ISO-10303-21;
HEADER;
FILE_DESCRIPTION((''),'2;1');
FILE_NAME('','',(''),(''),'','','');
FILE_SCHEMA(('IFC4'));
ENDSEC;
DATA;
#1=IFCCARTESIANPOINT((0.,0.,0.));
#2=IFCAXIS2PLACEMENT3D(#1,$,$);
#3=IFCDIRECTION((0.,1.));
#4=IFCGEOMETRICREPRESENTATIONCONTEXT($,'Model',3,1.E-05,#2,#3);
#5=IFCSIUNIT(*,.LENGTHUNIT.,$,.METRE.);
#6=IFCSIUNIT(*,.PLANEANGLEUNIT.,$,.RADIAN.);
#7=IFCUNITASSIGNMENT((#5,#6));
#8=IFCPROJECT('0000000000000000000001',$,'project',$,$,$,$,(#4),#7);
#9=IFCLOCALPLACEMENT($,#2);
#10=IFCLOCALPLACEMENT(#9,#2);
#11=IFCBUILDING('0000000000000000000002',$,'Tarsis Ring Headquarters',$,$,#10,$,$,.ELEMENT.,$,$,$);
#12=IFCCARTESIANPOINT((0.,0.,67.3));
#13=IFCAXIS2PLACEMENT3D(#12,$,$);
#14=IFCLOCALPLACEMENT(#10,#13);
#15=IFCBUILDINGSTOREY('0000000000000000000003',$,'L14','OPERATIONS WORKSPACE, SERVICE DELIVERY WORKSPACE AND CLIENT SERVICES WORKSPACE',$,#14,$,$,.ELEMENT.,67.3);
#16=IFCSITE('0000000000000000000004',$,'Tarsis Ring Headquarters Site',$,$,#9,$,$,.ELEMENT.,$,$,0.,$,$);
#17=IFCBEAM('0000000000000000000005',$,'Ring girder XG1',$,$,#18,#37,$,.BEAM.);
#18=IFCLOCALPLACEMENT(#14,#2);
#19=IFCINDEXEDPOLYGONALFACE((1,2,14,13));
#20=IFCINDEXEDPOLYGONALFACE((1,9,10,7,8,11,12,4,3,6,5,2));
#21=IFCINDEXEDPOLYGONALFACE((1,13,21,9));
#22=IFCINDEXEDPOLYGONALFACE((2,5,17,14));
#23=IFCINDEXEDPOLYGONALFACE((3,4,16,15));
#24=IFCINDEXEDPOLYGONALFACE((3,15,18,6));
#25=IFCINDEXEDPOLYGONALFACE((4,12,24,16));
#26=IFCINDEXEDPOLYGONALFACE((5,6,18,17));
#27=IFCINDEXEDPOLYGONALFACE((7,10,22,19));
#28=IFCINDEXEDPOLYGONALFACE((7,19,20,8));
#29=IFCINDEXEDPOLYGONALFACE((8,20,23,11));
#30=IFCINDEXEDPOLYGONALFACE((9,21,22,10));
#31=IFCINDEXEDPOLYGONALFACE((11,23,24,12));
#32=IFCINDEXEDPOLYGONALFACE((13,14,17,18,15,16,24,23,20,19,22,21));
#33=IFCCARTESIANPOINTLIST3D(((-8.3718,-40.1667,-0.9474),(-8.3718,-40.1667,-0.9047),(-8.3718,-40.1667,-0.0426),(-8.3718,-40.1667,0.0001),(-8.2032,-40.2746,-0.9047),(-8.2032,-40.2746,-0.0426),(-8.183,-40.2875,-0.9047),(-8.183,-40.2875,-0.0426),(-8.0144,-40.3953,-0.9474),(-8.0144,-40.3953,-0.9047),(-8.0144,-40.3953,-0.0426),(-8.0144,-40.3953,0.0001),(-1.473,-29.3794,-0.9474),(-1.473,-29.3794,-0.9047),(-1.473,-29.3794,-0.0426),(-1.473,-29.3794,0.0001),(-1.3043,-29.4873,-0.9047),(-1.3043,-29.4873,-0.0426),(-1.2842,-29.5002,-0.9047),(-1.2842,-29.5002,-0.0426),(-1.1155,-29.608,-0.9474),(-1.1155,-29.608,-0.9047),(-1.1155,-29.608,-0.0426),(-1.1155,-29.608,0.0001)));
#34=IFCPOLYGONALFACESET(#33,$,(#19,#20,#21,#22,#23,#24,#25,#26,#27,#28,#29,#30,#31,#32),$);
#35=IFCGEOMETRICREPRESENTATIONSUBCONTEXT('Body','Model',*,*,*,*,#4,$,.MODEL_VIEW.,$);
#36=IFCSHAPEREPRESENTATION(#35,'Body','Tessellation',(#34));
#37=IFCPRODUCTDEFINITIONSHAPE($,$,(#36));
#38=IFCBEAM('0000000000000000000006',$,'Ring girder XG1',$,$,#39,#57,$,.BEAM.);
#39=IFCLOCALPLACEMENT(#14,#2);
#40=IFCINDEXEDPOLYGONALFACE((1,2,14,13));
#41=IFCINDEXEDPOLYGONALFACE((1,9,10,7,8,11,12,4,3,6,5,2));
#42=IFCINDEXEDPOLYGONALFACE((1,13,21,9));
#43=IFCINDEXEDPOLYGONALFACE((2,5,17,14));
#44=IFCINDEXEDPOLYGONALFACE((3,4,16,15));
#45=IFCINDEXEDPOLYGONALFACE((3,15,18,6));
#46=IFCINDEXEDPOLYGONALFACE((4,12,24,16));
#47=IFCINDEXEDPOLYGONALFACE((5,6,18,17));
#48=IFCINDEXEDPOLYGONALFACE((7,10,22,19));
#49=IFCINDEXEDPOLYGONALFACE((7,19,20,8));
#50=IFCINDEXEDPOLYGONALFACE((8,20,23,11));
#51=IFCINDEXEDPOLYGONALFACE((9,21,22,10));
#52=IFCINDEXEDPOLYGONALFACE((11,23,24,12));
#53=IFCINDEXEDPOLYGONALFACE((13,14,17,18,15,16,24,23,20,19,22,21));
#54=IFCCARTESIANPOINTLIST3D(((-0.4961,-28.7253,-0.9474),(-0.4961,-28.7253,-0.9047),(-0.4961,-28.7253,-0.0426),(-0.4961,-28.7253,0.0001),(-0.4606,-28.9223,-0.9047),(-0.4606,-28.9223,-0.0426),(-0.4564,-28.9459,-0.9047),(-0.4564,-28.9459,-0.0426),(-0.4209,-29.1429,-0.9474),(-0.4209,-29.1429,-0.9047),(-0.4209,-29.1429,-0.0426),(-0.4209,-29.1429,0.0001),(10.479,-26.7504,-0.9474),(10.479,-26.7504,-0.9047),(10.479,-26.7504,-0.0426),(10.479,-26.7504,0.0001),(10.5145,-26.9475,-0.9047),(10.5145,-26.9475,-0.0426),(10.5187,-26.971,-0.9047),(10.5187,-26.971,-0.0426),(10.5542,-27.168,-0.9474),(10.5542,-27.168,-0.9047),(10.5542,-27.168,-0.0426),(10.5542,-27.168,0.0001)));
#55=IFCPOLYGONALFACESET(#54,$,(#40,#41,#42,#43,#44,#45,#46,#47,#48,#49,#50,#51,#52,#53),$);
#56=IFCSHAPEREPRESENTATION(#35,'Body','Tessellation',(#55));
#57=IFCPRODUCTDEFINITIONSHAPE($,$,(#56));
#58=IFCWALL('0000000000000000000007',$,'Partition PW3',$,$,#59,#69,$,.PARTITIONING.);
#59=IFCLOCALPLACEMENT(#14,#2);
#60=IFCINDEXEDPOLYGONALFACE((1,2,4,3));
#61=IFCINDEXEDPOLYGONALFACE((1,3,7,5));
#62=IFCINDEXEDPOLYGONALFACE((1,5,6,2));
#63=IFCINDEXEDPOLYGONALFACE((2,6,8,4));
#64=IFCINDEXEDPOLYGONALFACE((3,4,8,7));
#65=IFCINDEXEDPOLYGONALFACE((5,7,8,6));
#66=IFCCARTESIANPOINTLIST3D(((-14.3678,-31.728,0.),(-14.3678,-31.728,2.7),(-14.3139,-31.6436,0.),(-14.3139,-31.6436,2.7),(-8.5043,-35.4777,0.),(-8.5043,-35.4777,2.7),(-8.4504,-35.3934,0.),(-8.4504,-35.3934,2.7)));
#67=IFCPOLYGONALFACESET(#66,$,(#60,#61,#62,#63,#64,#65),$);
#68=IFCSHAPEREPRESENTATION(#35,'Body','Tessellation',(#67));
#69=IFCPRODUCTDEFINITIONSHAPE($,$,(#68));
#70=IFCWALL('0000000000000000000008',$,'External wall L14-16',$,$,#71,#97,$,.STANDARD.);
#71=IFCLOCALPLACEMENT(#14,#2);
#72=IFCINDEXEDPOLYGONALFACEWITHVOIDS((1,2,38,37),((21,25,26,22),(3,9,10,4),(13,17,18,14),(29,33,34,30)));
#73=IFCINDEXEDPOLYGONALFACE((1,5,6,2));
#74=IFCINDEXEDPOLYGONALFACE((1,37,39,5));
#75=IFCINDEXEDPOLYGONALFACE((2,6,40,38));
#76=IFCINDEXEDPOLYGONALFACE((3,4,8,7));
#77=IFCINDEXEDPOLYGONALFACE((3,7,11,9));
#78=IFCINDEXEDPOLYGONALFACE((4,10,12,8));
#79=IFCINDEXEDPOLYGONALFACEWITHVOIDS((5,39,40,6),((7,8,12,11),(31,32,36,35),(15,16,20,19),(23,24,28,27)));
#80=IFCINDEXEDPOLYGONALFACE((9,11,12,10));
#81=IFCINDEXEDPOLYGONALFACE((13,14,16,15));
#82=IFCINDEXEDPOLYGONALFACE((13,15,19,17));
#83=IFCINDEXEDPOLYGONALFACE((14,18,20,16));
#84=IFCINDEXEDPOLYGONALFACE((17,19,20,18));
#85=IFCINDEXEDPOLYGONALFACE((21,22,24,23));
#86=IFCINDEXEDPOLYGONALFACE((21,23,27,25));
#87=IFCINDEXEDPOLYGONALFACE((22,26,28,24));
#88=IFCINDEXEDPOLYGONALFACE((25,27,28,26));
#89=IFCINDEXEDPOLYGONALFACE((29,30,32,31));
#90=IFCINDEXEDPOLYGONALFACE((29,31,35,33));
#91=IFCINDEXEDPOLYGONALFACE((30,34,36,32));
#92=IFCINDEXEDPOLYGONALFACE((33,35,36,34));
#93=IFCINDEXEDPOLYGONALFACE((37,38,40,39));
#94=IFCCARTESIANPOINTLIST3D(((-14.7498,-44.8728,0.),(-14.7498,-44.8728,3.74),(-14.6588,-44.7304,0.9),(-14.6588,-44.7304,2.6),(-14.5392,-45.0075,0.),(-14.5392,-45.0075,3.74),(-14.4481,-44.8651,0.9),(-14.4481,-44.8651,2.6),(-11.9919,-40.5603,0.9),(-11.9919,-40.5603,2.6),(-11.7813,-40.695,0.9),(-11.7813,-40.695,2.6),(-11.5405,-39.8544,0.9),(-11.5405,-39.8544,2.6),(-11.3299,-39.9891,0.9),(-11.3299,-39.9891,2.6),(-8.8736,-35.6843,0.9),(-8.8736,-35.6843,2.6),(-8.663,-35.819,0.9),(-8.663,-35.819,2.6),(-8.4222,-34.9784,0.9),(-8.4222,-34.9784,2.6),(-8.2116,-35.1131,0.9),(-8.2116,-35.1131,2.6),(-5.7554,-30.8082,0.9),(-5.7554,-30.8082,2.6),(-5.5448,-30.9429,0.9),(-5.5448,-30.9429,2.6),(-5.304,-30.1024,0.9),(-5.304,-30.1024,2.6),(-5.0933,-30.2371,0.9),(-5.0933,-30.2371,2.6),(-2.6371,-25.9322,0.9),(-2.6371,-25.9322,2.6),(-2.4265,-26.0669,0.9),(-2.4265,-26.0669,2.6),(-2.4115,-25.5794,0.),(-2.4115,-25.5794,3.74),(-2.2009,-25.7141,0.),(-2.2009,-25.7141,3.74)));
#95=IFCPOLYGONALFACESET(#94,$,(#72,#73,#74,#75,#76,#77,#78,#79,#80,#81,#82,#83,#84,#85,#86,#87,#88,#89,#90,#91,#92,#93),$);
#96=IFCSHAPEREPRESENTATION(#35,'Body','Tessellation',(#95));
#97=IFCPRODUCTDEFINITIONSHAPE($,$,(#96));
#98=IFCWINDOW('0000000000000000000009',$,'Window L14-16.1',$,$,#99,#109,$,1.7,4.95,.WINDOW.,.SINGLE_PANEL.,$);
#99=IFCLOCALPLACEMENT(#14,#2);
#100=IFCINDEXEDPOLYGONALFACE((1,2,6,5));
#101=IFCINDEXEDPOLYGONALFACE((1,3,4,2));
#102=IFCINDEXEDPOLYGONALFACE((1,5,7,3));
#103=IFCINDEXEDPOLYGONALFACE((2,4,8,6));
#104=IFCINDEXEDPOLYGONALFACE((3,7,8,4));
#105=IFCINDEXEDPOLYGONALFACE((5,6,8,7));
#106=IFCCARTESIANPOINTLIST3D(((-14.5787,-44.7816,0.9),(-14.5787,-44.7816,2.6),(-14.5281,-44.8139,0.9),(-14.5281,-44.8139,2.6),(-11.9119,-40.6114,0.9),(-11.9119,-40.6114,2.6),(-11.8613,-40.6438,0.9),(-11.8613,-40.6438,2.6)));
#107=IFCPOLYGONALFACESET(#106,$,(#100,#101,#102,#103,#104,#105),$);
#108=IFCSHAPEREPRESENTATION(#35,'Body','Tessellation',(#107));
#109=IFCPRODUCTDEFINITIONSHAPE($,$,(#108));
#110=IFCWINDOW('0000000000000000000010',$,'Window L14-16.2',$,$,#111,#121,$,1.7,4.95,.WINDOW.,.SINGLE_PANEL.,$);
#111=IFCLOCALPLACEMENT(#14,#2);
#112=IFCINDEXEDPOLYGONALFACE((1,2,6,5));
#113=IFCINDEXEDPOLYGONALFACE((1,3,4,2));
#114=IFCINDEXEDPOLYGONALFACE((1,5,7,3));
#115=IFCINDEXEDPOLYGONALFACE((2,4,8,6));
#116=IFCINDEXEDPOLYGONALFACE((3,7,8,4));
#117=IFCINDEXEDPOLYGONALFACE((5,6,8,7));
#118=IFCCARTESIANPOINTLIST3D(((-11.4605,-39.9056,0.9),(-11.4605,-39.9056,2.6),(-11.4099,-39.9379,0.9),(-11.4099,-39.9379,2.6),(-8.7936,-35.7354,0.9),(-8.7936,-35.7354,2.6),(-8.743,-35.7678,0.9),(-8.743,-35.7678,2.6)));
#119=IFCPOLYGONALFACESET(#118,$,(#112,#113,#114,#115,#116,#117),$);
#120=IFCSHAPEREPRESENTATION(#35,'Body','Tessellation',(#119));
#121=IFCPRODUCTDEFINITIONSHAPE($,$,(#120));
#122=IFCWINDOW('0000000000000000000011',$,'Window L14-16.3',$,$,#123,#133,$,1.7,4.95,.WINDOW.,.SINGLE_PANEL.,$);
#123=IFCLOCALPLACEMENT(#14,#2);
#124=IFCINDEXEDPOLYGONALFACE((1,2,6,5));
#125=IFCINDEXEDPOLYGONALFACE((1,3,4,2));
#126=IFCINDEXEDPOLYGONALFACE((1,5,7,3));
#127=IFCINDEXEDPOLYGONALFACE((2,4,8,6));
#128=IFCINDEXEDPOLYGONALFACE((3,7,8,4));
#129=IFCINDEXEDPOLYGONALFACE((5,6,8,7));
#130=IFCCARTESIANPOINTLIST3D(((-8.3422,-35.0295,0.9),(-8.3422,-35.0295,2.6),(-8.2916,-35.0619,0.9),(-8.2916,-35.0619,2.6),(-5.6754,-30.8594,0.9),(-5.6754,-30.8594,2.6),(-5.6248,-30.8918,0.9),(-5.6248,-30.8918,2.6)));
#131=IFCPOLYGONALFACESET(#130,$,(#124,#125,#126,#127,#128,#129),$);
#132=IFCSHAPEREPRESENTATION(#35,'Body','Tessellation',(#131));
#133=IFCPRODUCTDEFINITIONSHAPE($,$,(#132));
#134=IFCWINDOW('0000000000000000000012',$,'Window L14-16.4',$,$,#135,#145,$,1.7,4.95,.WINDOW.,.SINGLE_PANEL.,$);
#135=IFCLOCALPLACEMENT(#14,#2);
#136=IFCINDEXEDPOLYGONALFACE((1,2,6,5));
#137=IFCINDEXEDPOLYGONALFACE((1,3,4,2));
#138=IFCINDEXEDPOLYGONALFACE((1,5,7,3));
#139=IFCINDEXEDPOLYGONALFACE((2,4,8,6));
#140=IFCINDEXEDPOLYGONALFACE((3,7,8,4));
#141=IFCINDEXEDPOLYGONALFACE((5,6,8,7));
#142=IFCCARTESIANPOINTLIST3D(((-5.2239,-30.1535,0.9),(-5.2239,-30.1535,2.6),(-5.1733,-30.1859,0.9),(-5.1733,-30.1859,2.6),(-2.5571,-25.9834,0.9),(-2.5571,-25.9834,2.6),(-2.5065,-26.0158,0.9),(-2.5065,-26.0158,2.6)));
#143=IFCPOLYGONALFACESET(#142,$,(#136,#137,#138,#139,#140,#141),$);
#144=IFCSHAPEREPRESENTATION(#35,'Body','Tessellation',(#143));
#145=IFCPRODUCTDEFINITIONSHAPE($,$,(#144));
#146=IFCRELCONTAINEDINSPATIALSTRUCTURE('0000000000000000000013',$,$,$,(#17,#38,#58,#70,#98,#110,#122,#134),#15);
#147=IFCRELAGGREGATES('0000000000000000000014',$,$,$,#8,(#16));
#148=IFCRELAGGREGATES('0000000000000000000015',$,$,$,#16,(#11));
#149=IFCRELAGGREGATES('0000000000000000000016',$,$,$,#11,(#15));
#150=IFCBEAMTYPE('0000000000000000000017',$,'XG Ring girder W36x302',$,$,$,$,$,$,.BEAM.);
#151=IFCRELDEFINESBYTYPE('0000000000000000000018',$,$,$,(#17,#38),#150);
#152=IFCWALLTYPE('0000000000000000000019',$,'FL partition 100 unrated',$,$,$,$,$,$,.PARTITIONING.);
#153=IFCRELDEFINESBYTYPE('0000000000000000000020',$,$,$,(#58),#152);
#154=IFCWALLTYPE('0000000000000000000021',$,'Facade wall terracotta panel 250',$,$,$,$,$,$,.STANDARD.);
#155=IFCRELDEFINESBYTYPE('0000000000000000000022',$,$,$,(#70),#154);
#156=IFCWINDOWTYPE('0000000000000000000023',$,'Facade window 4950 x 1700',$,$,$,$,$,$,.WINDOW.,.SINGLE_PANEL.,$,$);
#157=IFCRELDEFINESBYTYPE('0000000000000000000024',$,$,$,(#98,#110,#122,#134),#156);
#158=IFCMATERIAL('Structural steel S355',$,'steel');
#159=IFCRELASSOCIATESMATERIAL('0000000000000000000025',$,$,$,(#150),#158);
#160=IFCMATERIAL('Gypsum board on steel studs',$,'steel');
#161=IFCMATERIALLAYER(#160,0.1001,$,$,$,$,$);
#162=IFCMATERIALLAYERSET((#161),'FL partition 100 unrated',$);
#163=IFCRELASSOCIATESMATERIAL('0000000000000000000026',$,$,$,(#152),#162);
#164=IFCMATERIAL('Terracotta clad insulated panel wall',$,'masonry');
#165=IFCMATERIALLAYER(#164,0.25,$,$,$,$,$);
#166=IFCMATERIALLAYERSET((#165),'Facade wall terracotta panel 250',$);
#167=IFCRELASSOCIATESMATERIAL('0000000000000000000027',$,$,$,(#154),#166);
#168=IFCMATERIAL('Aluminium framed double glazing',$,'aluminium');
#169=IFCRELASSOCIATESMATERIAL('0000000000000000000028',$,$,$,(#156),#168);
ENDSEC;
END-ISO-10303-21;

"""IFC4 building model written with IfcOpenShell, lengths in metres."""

from ifc_helpers import new_model, si_unit, direction, frame, frame_2d, origin, origin_2d, place, context, subcontext, project, spatial, rectangle, i_section, extrude, material, layer, layer_set, material_profile, profile_set, type_object, element, fill, save


model = new_model("IFC4")

# Units and contexts
model_context = context("Model", 3, precision=1e-05, world=origin(), true_north=direction((0.0, 1.0)))
body_context = subcontext(model_context, "Body", "Model", "MODEL_VIEW")
ifc_project = project(units=[si_unit("LENGTHUNIT", "METRE"), si_unit("PLANEANGLEUNIT", "RADIAN")], contexts=[model_context])

# Site, building, storey
site_placement = place(None, origin())
site = spatial("IfcSite", under=ifc_project, at=site_placement, Name="Tarsis Ring Headquarters Site", CompositionType="ELEMENT", RefElevation=0.0)
building_placement = place(site_placement, origin())
building = spatial("IfcBuilding", under=site, at=building_placement, Name="Tarsis Ring Headquarters", CompositionType="ELEMENT")
storey_placement = place(building_placement, frame((0.0, 0.0, 67.3)))
storey = spatial("IfcBuildingStorey", under=building, at=storey_placement, Name="L14", Description="OPERATIONS WORKSPACE, SERVICE DELIVERY WORKSPACE AND CLIENT SERVICES WORKSPACE", CompositionType="ELEMENT", Elevation=67.3)

# Beams
ifc_material_1 = material(Name="Structural steel S355", Category="steel")
ifc_material_profile_1 = material_profile(ifc_material_1, i_section(OverallWidth=0.4243, OverallDepth=0.9475, WebThickness=0.0239, FlangeThickness=0.0427, at=origin_2d()), Name="W36x302")
ifc_profile_set_1 = profile_set([ifc_material_profile_1], Name="Structural steel S355")
beam_type = type_object("IfcBeamType", Name="XG Ring girder W36x302", PredefinedType="BEAM", material=ifc_profile_set_1)
beam_1_placement = place(storey_placement, frame((-8.1931, -40.281, -0.4736), z_axis=(0.538778, 0.842448, 0.0), x_axis=(-0.842448, 0.538778, 0.0)))
element("IfcBeam", 1, at=beam_1_placement, inside=storey, type_object=beam_type, Name="Ring girder XG1", PredefinedType="BEAM", context=body_context, shape_type="SweptSolid", body=[
    extrude(i_section(OverallWidth=0.4243, OverallDepth=0.9475, WebThickness=0.0239, FlangeThickness=0.0427, at=origin_2d()), origin(), (0.0, 0.0, 1.0), 12.8047),
])
beam_2_placement = place(storey_placement, frame((-0.4585, -28.9341, -0.4736), z_axis=(0.984194, 0.177095, 0.0), x_axis=(-0.177095, 0.984194, 0.0)))
element("IfcBeam", 2, at=beam_2_placement, inside=storey, type_object=beam_type, Name="Ring girder XG1", PredefinedType="BEAM", context=body_context, shape_type="SweptSolid", body=[
    extrude(i_section(OverallWidth=0.4243, OverallDepth=0.9475, WebThickness=0.0239, FlangeThickness=0.0427, at=origin_2d()), origin(), (0.0, 0.0, 1.0), 11.1514),
])

# Wall
ifc_material_2 = material(Name="Gypsum board on steel studs", Category="steel")
ifc_layer_1 = layer(ifc_material_2, 0.1001)
ifc_layer_set_1 = layer_set([ifc_layer_1], Name="FL partition 100 unrated")
wall_type_1 = type_object("IfcWallType", Name="FL partition 100 unrated", PredefinedType="PARTITIONING", material=ifc_layer_set_1)
wall_1_placement = place(storey_placement, frame((-14.3408, -31.6858, 0.0), z_axis=(0.0, 0.0, 1.0), x_axis=(0.842461, -0.538758, 0.0)))
element("IfcWall", 3, at=wall_1_placement, inside=storey, type_object=wall_type_1, Name="Partition PW3", PredefinedType="PARTITIONING", context=body_context, shape_type="SweptSolid", body=[
    extrude(rectangle(XDim=6.96, YDim=0.1001, at=frame_2d((3.48, 0.0))), origin(), (0.0, 0.0, 1.0), 2.7),
])

# Wall, openings, windows
ifc_material_3 = material(Name="Terracotta clad insulated panel wall", Category="masonry")
ifc_layer_2 = layer(ifc_material_3, 0.25)
ifc_layer_set_2 = layer_set([ifc_layer_2], Name="Facade wall terracotta panel 250")
wall_type_2 = type_object("IfcWallType", Name="Facade wall terracotta panel 250", PredefinedType="STANDARD", material=ifc_layer_set_2)
wall_2_placement = place(storey_placement, frame((-14.6445, -44.9402, 0.0), z_axis=(0.0, 0.0, 1.0), x_axis=(0.538761, 0.842458, 0.0)))
wall_2 = element("IfcWall", 4, at=wall_2_placement, inside=storey, type_object=wall_type_2, Name="External wall L14-16", PredefinedType="STANDARD", context=body_context, shape_type="SweptSolid", body=[
    extrude(rectangle(XDim=22.9014, YDim=0.25, at=frame_2d((11.4507, 0.0))), origin(), (0.0, 0.0, 1.0), 3.74),
])
opening_1_placement = place(wall_2_placement, frame((0.1689, 0.0, 0.8999)))
opening_1 = element("IfcOpeningElement", 5, at=opening_1_placement, cuts=wall_2, PredefinedType="OPENING", context=body_context, shape_type="SweptSolid", body=[
    extrude(rectangle(XDim=4.95, YDim=1.7, at=frame_2d((2.4751, 0.8501))), frame((0.0, 0.135, 0.0), z_axis=(0.0, -1.0, 0.0), x_axis=(1.0, 0.0, 0.0)), (0.0, 0.0, 1.0), 0.27),
])
opening_2_placement = place(wall_2_placement, frame((5.9568, 0.0, 0.8999)))
opening_2 = element("IfcOpeningElement", 6, at=opening_2_placement, cuts=wall_2, PredefinedType="OPENING", context=body_context, shape_type="SweptSolid", body=[
    extrude(rectangle(XDim=4.95, YDim=1.7, at=frame_2d((2.4751, 0.8501))), frame((0.0, 0.135, 0.0), z_axis=(0.0, -1.0, 0.0), x_axis=(1.0, 0.0, 0.0)), (0.0, 0.0, 1.0), 0.27),
])
opening_3_placement = place(wall_2_placement, frame((11.7446, 0.0, 0.8999)))
opening_3 = element("IfcOpeningElement", 7, at=opening_3_placement, cuts=wall_2, PredefinedType="OPENING", context=body_context, shape_type="SweptSolid", body=[
    extrude(rectangle(XDim=4.95, YDim=1.7, at=frame_2d((2.4751, 0.8501))), frame((0.0, 0.135, 0.0), z_axis=(0.0, -1.0, 0.0), x_axis=(1.0, 0.0, 0.0)), (0.0, 0.0, 1.0), 0.27),
])
opening_4_placement = place(wall_2_placement, frame((17.5325, 0.0, 0.8999)))
opening_4 = element("IfcOpeningElement", 8, at=opening_4_placement, cuts=wall_2, PredefinedType="OPENING", context=body_context, shape_type="SweptSolid", body=[
    extrude(rectangle(XDim=4.95, YDim=1.7, at=frame_2d((2.4751, 0.8501))), frame((0.0, 0.135, 0.0), z_axis=(0.0, -1.0, 0.0), x_axis=(1.0, 0.0, 0.0)), (0.0, 0.0, 1.0), 0.27),
])
ifc_material_4 = material(Name="Aluminium framed double glazing", Category="aluminium")
window_type_1 = type_object("IfcWindowType", Name="Facade window 4950 x 1700", PartitioningType="SINGLE_PANEL", PredefinedType="WINDOW", material=ifc_material_4)
window_1_placement = place(opening_1_placement, origin())
window_1 = element("IfcWindow", 9, at=window_1_placement, inside=storey, type_object=window_type_1, Name="Window L14-16.1", OverallHeight=1.7, OverallWidth=4.95, PartitioningType="SINGLE_PANEL", PredefinedType="WINDOW", context=body_context, shape_type="SweptSolid", body=[
    extrude(rectangle(XDim=4.95, YDim=1.7, at=frame_2d((2.4751, 0.8501))), frame((0.0, 0.03, 0.0), z_axis=(0.0, -1.0, 0.0), x_axis=(1.0, 0.0, 0.0)), (0.0, 0.0, 1.0), 0.0601),
])
fill(opening_1, window_1)
window_2_placement = place(opening_2_placement, origin())
window_2 = element("IfcWindow", 10, at=window_2_placement, inside=storey, type_object=window_type_1, Name="Window L14-16.2", OverallHeight=1.7, OverallWidth=4.95, PartitioningType="SINGLE_PANEL", PredefinedType="WINDOW", context=body_context, shape_type="SweptSolid", body=[
    extrude(rectangle(XDim=4.95, YDim=1.7, at=frame_2d((2.4751, 0.8501))), frame((0.0, 0.03, 0.0), z_axis=(0.0, -1.0, 0.0), x_axis=(1.0, 0.0, 0.0)), (0.0, 0.0, 1.0), 0.0601),
])
fill(opening_2, window_2)
window_3_placement = place(opening_3_placement, origin())
window_3 = element("IfcWindow", 11, at=window_3_placement, inside=storey, type_object=window_type_1, Name="Window L14-16.3", OverallHeight=1.7, OverallWidth=4.95, PartitioningType="SINGLE_PANEL", PredefinedType="WINDOW", context=body_context, shape_type="SweptSolid", body=[
    extrude(rectangle(XDim=4.95, YDim=1.7, at=frame_2d((2.4751, 0.8501))), frame((0.0, 0.03, 0.0), z_axis=(0.0, -1.0, 0.0), x_axis=(1.0, 0.0, 0.0)), (0.0, 0.0, 1.0), 0.0601),
])
fill(opening_3, window_3)
window_4_placement = place(opening_4_placement, origin())
window_4 = element("IfcWindow", 12, at=window_4_placement, inside=storey, type_object=window_type_1, Name="Window L14-16.4", OverallHeight=1.7, OverallWidth=4.95, PartitioningType="SINGLE_PANEL", PredefinedType="WINDOW", context=body_context, shape_type="SweptSolid", body=[
    extrude(rectangle(XDim=4.95, YDim=1.7, at=frame_2d((2.4751, 0.8501))), frame((0.0, 0.03, 0.0), z_axis=(0.0, -1.0, 0.0), x_axis=(1.0, 0.0, 0.0)), (0.0, 0.0, 1.0), 0.0601),
])
fill(opening_4, window_4)

save(model, "model.ifc")
